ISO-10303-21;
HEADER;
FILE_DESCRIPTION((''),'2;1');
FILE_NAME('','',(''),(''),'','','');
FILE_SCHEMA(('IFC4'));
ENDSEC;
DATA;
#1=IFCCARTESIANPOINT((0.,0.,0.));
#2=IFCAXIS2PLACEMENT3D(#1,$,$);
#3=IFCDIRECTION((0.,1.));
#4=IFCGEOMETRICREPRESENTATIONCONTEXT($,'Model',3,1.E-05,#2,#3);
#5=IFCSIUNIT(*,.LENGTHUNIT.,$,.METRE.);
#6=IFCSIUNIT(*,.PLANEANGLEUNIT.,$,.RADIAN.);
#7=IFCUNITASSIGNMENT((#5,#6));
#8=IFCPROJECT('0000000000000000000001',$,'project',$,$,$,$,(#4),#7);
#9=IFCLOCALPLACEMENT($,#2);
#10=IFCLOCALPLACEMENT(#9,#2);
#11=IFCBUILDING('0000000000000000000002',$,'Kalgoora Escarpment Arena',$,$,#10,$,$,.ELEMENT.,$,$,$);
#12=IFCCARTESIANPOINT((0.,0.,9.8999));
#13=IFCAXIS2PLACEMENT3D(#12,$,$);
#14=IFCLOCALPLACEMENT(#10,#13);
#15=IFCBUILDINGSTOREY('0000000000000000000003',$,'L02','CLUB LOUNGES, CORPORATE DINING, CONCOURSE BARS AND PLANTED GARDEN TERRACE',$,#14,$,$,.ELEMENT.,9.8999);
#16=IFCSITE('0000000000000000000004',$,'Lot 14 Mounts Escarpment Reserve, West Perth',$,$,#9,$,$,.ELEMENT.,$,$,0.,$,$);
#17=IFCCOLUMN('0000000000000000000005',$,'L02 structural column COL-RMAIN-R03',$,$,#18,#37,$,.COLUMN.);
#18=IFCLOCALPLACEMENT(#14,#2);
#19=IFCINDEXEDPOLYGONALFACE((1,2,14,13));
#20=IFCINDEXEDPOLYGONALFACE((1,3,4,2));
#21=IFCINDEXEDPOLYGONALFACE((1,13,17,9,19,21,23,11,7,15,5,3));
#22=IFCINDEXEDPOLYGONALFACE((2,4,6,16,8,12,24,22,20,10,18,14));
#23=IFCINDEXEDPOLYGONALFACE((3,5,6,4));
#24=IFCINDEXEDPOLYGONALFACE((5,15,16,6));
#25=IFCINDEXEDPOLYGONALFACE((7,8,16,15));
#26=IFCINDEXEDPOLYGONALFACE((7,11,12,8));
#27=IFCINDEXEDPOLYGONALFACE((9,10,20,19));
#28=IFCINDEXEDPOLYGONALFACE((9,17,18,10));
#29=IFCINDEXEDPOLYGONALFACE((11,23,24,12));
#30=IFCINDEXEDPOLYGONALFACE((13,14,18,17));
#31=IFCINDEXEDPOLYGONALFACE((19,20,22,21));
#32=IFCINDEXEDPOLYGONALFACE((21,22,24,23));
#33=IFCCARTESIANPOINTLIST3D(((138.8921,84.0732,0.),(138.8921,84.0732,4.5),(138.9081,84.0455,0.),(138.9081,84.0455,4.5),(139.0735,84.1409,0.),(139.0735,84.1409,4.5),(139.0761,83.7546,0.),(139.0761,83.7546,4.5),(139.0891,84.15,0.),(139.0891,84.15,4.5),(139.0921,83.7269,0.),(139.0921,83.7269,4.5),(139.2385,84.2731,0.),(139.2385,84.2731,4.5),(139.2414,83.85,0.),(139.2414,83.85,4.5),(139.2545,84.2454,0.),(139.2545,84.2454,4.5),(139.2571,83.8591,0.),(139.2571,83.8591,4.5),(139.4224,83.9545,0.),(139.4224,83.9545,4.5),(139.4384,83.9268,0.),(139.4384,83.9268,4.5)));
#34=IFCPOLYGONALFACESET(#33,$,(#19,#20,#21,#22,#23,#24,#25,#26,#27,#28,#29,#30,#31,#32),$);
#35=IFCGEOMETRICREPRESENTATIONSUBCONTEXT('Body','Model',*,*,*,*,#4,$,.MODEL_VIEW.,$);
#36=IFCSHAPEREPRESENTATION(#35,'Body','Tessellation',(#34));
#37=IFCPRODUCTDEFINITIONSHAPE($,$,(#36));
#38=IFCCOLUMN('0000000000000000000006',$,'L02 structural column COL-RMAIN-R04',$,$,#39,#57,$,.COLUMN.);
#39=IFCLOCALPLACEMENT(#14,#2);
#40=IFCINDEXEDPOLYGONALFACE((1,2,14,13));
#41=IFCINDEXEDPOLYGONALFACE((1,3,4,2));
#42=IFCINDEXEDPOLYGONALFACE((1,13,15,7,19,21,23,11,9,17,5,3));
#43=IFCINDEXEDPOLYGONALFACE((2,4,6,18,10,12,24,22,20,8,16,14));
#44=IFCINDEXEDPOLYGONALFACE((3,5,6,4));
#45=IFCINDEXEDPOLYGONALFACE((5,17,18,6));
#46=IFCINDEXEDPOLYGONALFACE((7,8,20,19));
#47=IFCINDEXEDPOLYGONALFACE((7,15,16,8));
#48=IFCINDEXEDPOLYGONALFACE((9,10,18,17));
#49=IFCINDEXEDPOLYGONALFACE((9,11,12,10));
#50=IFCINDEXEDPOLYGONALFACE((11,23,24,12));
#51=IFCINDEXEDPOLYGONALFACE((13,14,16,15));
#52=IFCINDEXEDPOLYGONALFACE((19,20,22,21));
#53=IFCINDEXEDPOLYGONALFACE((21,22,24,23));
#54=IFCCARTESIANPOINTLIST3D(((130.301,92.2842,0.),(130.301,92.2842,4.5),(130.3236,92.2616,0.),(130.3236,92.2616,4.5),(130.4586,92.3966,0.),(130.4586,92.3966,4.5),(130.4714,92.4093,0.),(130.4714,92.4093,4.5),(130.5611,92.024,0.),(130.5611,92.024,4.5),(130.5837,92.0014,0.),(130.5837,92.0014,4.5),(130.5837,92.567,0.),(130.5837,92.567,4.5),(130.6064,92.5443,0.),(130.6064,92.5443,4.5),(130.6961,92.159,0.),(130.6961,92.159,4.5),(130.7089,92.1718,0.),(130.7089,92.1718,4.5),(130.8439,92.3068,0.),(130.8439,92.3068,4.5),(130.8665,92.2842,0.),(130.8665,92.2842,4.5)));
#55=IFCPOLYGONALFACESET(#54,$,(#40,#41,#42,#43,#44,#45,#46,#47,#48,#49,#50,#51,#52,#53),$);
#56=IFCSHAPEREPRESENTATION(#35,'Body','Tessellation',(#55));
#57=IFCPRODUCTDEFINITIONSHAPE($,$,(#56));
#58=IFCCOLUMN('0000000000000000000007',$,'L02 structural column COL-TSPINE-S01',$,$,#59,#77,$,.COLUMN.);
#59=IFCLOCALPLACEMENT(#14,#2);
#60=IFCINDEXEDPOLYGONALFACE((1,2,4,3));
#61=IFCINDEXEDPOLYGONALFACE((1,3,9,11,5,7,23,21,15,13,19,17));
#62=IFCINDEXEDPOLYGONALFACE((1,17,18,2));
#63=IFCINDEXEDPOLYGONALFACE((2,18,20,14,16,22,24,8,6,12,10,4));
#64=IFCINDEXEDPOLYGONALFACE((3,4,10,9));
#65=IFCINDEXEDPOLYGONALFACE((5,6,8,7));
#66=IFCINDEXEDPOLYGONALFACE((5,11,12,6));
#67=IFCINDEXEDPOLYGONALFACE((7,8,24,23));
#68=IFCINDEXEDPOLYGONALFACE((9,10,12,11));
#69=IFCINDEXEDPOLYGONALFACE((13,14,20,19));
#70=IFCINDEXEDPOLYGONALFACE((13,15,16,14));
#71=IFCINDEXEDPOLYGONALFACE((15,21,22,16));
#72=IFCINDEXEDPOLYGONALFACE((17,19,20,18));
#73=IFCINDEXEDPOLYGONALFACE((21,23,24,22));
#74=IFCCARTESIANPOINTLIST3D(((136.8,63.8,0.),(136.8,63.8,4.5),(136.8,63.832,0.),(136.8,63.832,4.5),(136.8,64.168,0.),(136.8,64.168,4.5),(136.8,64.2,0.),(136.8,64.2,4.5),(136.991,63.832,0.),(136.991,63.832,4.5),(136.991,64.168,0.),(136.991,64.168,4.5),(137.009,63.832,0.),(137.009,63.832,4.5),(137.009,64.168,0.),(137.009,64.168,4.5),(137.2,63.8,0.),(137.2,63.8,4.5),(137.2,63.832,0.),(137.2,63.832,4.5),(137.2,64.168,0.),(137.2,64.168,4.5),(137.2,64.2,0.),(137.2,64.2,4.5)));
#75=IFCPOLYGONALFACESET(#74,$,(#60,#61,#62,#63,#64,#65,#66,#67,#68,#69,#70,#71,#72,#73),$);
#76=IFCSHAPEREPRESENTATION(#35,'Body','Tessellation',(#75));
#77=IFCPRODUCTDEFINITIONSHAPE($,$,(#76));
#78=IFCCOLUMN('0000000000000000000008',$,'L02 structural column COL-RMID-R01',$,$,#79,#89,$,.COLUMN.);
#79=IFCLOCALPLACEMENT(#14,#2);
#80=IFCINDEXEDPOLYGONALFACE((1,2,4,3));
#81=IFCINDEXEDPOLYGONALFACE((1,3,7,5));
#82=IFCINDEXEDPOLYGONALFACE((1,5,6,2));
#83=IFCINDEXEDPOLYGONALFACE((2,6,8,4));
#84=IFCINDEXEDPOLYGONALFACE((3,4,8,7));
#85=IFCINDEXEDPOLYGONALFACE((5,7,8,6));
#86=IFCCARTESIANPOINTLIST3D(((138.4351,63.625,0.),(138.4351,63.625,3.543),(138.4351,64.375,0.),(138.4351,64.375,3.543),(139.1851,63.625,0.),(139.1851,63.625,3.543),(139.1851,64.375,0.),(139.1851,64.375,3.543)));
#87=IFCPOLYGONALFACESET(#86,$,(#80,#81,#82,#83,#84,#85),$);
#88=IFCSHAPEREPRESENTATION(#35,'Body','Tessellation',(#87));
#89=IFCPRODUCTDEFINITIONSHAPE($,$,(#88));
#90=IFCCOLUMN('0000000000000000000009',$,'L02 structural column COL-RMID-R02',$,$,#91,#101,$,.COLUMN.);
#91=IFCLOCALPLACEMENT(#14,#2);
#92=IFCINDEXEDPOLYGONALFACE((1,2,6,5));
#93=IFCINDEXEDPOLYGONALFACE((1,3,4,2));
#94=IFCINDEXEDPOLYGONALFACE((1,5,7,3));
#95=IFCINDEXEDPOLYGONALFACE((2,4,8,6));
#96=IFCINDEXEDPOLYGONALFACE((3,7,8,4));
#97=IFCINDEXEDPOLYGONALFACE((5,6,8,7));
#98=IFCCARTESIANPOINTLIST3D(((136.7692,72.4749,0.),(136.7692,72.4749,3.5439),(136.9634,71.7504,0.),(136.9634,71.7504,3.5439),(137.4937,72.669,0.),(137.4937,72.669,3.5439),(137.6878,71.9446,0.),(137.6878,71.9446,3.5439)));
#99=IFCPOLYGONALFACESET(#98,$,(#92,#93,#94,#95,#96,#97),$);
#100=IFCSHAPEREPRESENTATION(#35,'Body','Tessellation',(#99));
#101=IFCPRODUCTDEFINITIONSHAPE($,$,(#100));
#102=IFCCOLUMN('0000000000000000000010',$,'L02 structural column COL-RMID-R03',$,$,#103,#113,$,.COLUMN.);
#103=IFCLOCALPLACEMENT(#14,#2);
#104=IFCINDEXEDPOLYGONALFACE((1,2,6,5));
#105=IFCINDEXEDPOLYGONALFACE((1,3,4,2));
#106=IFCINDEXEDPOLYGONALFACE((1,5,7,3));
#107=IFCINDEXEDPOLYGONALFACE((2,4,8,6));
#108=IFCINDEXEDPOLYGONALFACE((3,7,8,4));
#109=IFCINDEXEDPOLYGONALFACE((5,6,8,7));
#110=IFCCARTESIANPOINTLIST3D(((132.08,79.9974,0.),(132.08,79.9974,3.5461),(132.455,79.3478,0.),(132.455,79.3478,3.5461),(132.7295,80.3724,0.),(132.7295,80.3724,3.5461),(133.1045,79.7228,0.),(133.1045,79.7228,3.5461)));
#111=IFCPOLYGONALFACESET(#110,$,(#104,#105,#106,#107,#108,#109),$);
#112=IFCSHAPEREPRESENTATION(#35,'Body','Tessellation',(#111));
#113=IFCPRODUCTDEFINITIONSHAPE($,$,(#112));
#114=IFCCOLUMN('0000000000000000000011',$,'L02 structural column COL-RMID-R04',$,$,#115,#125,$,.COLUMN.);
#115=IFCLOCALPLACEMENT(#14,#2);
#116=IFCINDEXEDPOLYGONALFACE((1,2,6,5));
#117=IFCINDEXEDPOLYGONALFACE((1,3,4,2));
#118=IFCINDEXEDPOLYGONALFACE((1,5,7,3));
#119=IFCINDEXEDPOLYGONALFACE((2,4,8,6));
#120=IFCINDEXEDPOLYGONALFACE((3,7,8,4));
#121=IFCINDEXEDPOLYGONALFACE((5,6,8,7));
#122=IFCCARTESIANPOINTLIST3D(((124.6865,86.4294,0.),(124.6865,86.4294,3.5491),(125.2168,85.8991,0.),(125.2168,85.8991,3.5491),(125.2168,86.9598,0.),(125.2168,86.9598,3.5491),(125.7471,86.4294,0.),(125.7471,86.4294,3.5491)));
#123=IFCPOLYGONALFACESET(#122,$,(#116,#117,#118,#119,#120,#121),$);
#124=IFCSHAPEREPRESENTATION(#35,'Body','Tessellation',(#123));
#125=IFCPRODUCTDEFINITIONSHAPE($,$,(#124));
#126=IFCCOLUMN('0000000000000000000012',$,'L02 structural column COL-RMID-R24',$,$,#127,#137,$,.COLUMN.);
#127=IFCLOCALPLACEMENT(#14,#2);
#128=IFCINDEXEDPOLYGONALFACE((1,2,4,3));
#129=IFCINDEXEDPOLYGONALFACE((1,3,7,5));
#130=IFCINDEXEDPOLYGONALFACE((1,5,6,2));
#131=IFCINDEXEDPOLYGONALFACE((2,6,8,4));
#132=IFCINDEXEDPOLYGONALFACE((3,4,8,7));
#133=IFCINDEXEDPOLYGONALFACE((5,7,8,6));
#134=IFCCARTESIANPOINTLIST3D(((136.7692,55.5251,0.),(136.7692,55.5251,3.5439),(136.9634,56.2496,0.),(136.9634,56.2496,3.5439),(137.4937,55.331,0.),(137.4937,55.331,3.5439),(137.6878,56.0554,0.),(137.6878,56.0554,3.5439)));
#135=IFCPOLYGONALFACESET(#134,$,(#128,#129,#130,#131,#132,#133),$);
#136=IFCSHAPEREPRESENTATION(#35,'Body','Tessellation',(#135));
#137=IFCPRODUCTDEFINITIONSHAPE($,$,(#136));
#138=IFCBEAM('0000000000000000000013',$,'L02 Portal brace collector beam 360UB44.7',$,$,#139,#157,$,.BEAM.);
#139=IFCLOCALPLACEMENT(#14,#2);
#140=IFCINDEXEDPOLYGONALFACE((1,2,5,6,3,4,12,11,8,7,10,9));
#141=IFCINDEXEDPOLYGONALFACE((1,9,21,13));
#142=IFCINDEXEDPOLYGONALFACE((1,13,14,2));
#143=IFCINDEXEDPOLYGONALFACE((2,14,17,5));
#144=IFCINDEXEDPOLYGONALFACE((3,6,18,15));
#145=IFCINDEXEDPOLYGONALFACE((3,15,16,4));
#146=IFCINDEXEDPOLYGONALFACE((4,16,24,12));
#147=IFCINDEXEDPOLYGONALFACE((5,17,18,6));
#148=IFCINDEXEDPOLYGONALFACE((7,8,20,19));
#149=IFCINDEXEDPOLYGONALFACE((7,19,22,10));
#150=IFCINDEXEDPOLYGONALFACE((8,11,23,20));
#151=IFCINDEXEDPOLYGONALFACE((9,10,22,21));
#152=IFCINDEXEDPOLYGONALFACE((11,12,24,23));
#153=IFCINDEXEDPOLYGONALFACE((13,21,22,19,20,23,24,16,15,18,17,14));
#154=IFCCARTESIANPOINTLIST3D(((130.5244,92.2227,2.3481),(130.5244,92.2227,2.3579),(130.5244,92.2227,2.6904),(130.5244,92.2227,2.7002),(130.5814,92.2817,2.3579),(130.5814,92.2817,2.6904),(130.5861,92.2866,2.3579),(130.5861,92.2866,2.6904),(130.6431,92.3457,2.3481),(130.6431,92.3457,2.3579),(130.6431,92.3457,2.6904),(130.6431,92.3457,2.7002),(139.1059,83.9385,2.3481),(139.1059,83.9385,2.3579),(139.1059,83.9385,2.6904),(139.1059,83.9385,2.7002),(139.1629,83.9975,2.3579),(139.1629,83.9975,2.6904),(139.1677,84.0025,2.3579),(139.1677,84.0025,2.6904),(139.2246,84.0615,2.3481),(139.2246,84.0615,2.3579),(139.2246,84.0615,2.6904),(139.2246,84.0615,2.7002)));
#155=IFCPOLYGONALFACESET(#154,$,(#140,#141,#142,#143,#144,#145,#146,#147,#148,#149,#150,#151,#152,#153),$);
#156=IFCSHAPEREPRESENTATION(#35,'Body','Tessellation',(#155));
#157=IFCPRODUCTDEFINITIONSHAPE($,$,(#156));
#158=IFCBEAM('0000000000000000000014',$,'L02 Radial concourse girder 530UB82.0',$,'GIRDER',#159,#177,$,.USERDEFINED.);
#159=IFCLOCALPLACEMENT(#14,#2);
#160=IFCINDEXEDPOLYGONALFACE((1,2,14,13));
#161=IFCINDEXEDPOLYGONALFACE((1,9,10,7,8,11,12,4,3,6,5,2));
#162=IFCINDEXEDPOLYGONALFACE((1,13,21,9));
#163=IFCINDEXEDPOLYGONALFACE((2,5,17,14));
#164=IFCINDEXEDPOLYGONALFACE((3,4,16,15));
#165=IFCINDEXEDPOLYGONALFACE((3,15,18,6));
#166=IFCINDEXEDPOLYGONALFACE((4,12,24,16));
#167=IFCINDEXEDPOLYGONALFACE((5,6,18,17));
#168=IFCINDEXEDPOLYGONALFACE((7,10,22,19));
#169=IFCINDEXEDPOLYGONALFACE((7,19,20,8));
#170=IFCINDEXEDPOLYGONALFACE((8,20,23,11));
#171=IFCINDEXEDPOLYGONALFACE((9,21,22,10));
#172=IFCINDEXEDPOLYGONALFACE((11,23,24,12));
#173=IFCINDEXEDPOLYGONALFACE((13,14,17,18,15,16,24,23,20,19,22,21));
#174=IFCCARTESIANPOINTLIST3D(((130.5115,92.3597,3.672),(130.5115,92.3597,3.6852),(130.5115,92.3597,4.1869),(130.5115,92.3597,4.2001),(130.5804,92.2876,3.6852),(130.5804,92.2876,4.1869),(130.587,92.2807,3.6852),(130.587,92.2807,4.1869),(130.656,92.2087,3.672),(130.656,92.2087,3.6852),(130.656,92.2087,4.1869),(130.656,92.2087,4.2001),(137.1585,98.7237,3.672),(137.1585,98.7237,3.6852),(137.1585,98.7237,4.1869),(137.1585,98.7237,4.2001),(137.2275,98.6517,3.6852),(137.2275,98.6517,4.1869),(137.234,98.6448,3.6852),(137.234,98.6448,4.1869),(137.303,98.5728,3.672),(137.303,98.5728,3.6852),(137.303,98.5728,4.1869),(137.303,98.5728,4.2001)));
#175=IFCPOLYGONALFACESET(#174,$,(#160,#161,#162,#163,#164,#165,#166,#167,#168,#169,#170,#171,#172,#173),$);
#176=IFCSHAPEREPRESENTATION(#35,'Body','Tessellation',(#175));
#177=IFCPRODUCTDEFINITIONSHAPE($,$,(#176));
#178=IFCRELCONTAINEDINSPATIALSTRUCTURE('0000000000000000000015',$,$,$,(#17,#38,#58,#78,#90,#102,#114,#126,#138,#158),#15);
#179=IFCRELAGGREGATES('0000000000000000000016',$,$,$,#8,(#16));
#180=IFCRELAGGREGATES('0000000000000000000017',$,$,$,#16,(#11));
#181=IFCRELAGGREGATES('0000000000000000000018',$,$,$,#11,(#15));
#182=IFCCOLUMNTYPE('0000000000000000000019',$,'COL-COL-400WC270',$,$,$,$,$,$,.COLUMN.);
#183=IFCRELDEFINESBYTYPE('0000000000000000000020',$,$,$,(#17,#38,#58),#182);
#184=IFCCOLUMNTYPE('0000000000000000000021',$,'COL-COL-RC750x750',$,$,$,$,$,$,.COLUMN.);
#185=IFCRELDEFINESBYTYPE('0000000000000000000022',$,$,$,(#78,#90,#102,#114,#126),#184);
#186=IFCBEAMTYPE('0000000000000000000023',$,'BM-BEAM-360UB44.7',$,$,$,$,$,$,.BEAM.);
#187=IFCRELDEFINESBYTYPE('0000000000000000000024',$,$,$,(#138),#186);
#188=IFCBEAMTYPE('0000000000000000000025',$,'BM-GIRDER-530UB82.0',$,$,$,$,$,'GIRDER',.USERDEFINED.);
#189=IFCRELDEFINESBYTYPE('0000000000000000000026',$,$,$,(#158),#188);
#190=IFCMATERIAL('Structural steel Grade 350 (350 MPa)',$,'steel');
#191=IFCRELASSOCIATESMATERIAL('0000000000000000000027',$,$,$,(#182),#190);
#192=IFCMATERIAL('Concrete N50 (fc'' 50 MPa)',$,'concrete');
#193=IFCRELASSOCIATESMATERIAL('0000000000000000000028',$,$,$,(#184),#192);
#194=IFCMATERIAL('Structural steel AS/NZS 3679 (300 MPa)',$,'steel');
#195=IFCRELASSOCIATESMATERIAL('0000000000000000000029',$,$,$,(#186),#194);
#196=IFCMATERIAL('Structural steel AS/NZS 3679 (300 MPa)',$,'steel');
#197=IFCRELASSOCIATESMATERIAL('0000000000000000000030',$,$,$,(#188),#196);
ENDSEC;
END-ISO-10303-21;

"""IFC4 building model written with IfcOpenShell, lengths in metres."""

from ifc_helpers import new_model, si_unit, direction, frame, origin, origin_2d, place, context, subcontext, project, spatial, rectangle, i_section, extrude, material, material_profile, profile_set, type_object, element, save


model = new_model("IFC4")

# Units and contexts
model_context = context("Model", 3, precision=1e-05, world=origin(), true_north=direction((0.0, 1.0)))
body_context = subcontext(model_context, "Body", "Model", "MODEL_VIEW")
ifc_project = project(units=[si_unit("LENGTHUNIT", "METRE"), si_unit("PLANEANGLEUNIT", "RADIAN")], contexts=[model_context])

# Site, building, storey
site_placement = place(None, origin())
site = spatial("IfcSite", under=ifc_project, at=site_placement, Name="Lot 14 Mounts Escarpment Reserve, West Perth", CompositionType="ELEMENT", RefElevation=0.0)
building_placement = place(site_placement, origin())
building = spatial("IfcBuilding", under=site, at=building_placement, Name="Kalgoora Escarpment Arena", CompositionType="ELEMENT")
storey_placement = place(building_placement, frame((0.0, 0.0, 9.8999)))
storey = spatial("IfcBuildingStorey", under=building, at=storey_placement, Name="L02", Description="CLUB LOUNGES, CORPORATE DINING, CONCOURSE BARS AND PLANTED GARDEN TERRACE", CompositionType="ELEMENT", Elevation=9.8999)

# Columns
ifc_material_1 = material(Name="Structural steel Grade 350 (350 MPa)", Category="steel")
ifc_material_profile_1 = material_profile(ifc_material_1, i_section(OverallWidth=0.3999, OverallDepth=0.3999, WebThickness=0.0181, FlangeThickness=0.032, at=origin_2d()))
ifc_profile_set_1 = profile_set([ifc_material_profile_1], Name="Structural steel Grade 350 (350 MPa)")
column_type_1 = type_object("IfcColumnType", Name="COL-COL-400WC270", PredefinedType="COLUMN", material=ifc_profile_set_1)
for number, where, z_axis, x_axis, name in (
    (1, (139.1653, 84.0, 0.0), (0.0, 0.0, 1.0), (0.866025, 0.5, 0.0), "L02 structural column COL-RMAIN-R03"),
    (2, (130.5837, 92.2842, 0.0), (0.0, 0.0, 1.0), (0.707107, 0.707107, 0.0), "L02 structural column COL-RMAIN-R04"),
    (3, (137.0, 64.0, 0.0), (0.0, 0.0, 1.0), (1.0, 0.0, 0.0), "L02 structural column COL-TSPINE-S01"),
):
    element("IfcColumn", number, at=place(storey_placement, frame(where, z_axis=z_axis, x_axis=x_axis)), inside=storey, type_object=column_type_1, Name=name, PredefinedType="COLUMN", context=body_context, shape_type="SweptSolid", body=[
        extrude(i_section(OverallWidth=0.3999, OverallDepth=0.3999, WebThickness=0.0181, FlangeThickness=0.032, at=origin_2d()), origin(), (0.0, 0.0, 1.0), 4.5),
    ])
ifc_material_2 = material(Name="Concrete N50 (fc' 50 MPa)", Category="concrete")
ifc_material_profile_2 = material_profile(ifc_material_2, rectangle(XDim=0.75, YDim=0.75, at=origin_2d()))
ifc_profile_set_2 = profile_set([ifc_material_profile_2], Name="Concrete N50 (fc' 50 MPa)")
column_type_2 = type_object("IfcColumnType", Name="COL-COL-RC750x750", PredefinedType="COLUMN", material=ifc_profile_set_2)
column_1_placement = place(storey_placement, frame((138.8101, 64.0, 0.0), z_axis=(0.0, 0.0, 1.0), x_axis=(1.0, 0.0, 0.0)))
element("IfcColumn", 4, at=column_1_placement, inside=storey, type_object=column_type_2, Name="L02 structural column COL-RMID-R01", PredefinedType="COLUMN", context=body_context, shape_type="SweptSolid", body=[
    extrude(rectangle(XDim=0.75, YDim=0.75, at=origin_2d()), origin(), (0.0, 0.0, 1.0), 3.543),
])
column_2_placement = place(storey_placement, frame((137.2285, 72.2097, 0.0), z_axis=(0.0, 0.0, 1.0), x_axis=(0.965926, 0.258819, 0.0)))
element("IfcColumn", 5, at=column_2_placement, inside=storey, type_object=column_type_2, Name="L02 structural column COL-RMID-R02", PredefinedType="COLUMN", context=body_context, shape_type="SweptSolid", body=[
    extrude(rectangle(XDim=0.75, YDim=0.75, at=origin_2d()), origin(), (0.0, 0.0, 1.0), 3.5439),
])
column_3_placement = place(storey_placement, frame((132.5923, 79.8601, 0.0), z_axis=(0.0, 0.0, 1.0), x_axis=(0.866025, 0.5, 0.0)))
element("IfcColumn", 6, at=column_3_placement, inside=storey, type_object=column_type_2, Name="L02 structural column COL-RMID-R03", PredefinedType="COLUMN", context=body_context, shape_type="SweptSolid", body=[
    extrude(rectangle(XDim=0.75, YDim=0.75, at=origin_2d()), origin(), (0.0, 0.0, 1.0), 3.5461),
])
column_4_placement = place(storey_placement, frame((125.2168, 86.4294, 0.0), z_axis=(0.0, 0.0, 1.0), x_axis=(0.707107, 0.707107, 0.0)))
element("IfcColumn", 7, at=column_4_placement, inside=storey, type_object=column_type_2, Name="L02 structural column COL-RMID-R04", PredefinedType="COLUMN", context=body_context, shape_type="SweptSolid", body=[
    extrude(rectangle(XDim=0.75, YDim=0.75, at=origin_2d()), origin(), (0.0, 0.0, 1.0), 3.5491),
])
column_5_placement = place(storey_placement, frame((137.2285, 55.7903, 0.0), z_axis=(0.0, 0.0, 1.0), x_axis=(0.965926, -0.258819, 0.0)))
element("IfcColumn", 8, at=column_5_placement, inside=storey, type_object=column_type_2, Name="L02 structural column COL-RMID-R24", PredefinedType="COLUMN", context=body_context, shape_type="SweptSolid", body=[
    extrude(rectangle(XDim=0.75, YDim=0.75, at=origin_2d()), origin(), (0.0, 0.0, 1.0), 3.5439),
])

# Beams
ifc_material_3 = material(Name="Structural steel AS/NZS 3679 (300 MPa)", Category="steel")
ifc_material_profile_3 = material_profile(ifc_material_3, i_section(OverallWidth=0.1709, OverallDepth=0.3521, WebThickness=0.0068, FlangeThickness=0.0098, at=origin_2d()))
ifc_profile_set_3 = profile_set([ifc_material_profile_3], Name="Structural steel AS/NZS 3679 (300 MPa)")
beam_type_1 = type_object("IfcBeamType", Name="BM-BEAM-360UB44.7", PredefinedType="BEAM", material=ifc_profile_set_3)
beam_1_placement = place(storey_placement, frame((139.1653, 84.0, 2.5242), z_axis=(-0.719462, 0.694532, 0.0), x_axis=(-0.694532, -0.719462, 0.0)))
element("IfcBeam", 9, at=beam_1_placement, inside=storey, type_object=beam_type_1, Name="L02 Portal brace collector beam 360UB44.7", PredefinedType="BEAM", context=body_context, shape_type="SweptSolid", body=[
    extrude(i_section(OverallWidth=0.1709, OverallDepth=0.3521, WebThickness=0.0068, FlangeThickness=0.0098, at=origin_2d()), origin(), (0.0, 0.0, 1.0), 11.9277),
])
ifc_material_4 = material(Name="Structural steel AS/NZS 3679 (300 MPa)", Category="steel")
ifc_material_profile_4 = material_profile(ifc_material_4, i_section(OverallWidth=0.209, OverallDepth=0.5281, WebThickness=0.0095, FlangeThickness=0.0132, at=origin_2d()))
ifc_profile_set_4 = profile_set([ifc_material_profile_4], Name="Structural steel AS/NZS 3679 (300 MPa)")
beam_type_2 = type_object("IfcBeamType", Name="BM-GIRDER-530UB82.0", ElementType="GIRDER", PredefinedType="USERDEFINED", material=ifc_profile_set_4)
beam_2_placement = place(storey_placement, frame((130.5837, 92.2842, 3.936), z_axis=(0.722314, 0.691565, 0.0), x_axis=(-0.691565, 0.722314, 0.0)))
element("IfcBeam", 10, at=beam_2_placement, inside=storey, type_object=beam_type_2, Name="L02 Radial concourse girder 530UB82.0", ObjectType="GIRDER", PredefinedType="USERDEFINED", context=body_context, shape_type="SweptSolid", body=[
    extrude(i_section(OverallWidth=0.209, OverallDepth=0.5281, WebThickness=0.0095, FlangeThickness=0.0132, at=origin_2d()), origin(), (0.0, 0.0, 1.0), 9.2024),
])

save(model, "model.ifc")
